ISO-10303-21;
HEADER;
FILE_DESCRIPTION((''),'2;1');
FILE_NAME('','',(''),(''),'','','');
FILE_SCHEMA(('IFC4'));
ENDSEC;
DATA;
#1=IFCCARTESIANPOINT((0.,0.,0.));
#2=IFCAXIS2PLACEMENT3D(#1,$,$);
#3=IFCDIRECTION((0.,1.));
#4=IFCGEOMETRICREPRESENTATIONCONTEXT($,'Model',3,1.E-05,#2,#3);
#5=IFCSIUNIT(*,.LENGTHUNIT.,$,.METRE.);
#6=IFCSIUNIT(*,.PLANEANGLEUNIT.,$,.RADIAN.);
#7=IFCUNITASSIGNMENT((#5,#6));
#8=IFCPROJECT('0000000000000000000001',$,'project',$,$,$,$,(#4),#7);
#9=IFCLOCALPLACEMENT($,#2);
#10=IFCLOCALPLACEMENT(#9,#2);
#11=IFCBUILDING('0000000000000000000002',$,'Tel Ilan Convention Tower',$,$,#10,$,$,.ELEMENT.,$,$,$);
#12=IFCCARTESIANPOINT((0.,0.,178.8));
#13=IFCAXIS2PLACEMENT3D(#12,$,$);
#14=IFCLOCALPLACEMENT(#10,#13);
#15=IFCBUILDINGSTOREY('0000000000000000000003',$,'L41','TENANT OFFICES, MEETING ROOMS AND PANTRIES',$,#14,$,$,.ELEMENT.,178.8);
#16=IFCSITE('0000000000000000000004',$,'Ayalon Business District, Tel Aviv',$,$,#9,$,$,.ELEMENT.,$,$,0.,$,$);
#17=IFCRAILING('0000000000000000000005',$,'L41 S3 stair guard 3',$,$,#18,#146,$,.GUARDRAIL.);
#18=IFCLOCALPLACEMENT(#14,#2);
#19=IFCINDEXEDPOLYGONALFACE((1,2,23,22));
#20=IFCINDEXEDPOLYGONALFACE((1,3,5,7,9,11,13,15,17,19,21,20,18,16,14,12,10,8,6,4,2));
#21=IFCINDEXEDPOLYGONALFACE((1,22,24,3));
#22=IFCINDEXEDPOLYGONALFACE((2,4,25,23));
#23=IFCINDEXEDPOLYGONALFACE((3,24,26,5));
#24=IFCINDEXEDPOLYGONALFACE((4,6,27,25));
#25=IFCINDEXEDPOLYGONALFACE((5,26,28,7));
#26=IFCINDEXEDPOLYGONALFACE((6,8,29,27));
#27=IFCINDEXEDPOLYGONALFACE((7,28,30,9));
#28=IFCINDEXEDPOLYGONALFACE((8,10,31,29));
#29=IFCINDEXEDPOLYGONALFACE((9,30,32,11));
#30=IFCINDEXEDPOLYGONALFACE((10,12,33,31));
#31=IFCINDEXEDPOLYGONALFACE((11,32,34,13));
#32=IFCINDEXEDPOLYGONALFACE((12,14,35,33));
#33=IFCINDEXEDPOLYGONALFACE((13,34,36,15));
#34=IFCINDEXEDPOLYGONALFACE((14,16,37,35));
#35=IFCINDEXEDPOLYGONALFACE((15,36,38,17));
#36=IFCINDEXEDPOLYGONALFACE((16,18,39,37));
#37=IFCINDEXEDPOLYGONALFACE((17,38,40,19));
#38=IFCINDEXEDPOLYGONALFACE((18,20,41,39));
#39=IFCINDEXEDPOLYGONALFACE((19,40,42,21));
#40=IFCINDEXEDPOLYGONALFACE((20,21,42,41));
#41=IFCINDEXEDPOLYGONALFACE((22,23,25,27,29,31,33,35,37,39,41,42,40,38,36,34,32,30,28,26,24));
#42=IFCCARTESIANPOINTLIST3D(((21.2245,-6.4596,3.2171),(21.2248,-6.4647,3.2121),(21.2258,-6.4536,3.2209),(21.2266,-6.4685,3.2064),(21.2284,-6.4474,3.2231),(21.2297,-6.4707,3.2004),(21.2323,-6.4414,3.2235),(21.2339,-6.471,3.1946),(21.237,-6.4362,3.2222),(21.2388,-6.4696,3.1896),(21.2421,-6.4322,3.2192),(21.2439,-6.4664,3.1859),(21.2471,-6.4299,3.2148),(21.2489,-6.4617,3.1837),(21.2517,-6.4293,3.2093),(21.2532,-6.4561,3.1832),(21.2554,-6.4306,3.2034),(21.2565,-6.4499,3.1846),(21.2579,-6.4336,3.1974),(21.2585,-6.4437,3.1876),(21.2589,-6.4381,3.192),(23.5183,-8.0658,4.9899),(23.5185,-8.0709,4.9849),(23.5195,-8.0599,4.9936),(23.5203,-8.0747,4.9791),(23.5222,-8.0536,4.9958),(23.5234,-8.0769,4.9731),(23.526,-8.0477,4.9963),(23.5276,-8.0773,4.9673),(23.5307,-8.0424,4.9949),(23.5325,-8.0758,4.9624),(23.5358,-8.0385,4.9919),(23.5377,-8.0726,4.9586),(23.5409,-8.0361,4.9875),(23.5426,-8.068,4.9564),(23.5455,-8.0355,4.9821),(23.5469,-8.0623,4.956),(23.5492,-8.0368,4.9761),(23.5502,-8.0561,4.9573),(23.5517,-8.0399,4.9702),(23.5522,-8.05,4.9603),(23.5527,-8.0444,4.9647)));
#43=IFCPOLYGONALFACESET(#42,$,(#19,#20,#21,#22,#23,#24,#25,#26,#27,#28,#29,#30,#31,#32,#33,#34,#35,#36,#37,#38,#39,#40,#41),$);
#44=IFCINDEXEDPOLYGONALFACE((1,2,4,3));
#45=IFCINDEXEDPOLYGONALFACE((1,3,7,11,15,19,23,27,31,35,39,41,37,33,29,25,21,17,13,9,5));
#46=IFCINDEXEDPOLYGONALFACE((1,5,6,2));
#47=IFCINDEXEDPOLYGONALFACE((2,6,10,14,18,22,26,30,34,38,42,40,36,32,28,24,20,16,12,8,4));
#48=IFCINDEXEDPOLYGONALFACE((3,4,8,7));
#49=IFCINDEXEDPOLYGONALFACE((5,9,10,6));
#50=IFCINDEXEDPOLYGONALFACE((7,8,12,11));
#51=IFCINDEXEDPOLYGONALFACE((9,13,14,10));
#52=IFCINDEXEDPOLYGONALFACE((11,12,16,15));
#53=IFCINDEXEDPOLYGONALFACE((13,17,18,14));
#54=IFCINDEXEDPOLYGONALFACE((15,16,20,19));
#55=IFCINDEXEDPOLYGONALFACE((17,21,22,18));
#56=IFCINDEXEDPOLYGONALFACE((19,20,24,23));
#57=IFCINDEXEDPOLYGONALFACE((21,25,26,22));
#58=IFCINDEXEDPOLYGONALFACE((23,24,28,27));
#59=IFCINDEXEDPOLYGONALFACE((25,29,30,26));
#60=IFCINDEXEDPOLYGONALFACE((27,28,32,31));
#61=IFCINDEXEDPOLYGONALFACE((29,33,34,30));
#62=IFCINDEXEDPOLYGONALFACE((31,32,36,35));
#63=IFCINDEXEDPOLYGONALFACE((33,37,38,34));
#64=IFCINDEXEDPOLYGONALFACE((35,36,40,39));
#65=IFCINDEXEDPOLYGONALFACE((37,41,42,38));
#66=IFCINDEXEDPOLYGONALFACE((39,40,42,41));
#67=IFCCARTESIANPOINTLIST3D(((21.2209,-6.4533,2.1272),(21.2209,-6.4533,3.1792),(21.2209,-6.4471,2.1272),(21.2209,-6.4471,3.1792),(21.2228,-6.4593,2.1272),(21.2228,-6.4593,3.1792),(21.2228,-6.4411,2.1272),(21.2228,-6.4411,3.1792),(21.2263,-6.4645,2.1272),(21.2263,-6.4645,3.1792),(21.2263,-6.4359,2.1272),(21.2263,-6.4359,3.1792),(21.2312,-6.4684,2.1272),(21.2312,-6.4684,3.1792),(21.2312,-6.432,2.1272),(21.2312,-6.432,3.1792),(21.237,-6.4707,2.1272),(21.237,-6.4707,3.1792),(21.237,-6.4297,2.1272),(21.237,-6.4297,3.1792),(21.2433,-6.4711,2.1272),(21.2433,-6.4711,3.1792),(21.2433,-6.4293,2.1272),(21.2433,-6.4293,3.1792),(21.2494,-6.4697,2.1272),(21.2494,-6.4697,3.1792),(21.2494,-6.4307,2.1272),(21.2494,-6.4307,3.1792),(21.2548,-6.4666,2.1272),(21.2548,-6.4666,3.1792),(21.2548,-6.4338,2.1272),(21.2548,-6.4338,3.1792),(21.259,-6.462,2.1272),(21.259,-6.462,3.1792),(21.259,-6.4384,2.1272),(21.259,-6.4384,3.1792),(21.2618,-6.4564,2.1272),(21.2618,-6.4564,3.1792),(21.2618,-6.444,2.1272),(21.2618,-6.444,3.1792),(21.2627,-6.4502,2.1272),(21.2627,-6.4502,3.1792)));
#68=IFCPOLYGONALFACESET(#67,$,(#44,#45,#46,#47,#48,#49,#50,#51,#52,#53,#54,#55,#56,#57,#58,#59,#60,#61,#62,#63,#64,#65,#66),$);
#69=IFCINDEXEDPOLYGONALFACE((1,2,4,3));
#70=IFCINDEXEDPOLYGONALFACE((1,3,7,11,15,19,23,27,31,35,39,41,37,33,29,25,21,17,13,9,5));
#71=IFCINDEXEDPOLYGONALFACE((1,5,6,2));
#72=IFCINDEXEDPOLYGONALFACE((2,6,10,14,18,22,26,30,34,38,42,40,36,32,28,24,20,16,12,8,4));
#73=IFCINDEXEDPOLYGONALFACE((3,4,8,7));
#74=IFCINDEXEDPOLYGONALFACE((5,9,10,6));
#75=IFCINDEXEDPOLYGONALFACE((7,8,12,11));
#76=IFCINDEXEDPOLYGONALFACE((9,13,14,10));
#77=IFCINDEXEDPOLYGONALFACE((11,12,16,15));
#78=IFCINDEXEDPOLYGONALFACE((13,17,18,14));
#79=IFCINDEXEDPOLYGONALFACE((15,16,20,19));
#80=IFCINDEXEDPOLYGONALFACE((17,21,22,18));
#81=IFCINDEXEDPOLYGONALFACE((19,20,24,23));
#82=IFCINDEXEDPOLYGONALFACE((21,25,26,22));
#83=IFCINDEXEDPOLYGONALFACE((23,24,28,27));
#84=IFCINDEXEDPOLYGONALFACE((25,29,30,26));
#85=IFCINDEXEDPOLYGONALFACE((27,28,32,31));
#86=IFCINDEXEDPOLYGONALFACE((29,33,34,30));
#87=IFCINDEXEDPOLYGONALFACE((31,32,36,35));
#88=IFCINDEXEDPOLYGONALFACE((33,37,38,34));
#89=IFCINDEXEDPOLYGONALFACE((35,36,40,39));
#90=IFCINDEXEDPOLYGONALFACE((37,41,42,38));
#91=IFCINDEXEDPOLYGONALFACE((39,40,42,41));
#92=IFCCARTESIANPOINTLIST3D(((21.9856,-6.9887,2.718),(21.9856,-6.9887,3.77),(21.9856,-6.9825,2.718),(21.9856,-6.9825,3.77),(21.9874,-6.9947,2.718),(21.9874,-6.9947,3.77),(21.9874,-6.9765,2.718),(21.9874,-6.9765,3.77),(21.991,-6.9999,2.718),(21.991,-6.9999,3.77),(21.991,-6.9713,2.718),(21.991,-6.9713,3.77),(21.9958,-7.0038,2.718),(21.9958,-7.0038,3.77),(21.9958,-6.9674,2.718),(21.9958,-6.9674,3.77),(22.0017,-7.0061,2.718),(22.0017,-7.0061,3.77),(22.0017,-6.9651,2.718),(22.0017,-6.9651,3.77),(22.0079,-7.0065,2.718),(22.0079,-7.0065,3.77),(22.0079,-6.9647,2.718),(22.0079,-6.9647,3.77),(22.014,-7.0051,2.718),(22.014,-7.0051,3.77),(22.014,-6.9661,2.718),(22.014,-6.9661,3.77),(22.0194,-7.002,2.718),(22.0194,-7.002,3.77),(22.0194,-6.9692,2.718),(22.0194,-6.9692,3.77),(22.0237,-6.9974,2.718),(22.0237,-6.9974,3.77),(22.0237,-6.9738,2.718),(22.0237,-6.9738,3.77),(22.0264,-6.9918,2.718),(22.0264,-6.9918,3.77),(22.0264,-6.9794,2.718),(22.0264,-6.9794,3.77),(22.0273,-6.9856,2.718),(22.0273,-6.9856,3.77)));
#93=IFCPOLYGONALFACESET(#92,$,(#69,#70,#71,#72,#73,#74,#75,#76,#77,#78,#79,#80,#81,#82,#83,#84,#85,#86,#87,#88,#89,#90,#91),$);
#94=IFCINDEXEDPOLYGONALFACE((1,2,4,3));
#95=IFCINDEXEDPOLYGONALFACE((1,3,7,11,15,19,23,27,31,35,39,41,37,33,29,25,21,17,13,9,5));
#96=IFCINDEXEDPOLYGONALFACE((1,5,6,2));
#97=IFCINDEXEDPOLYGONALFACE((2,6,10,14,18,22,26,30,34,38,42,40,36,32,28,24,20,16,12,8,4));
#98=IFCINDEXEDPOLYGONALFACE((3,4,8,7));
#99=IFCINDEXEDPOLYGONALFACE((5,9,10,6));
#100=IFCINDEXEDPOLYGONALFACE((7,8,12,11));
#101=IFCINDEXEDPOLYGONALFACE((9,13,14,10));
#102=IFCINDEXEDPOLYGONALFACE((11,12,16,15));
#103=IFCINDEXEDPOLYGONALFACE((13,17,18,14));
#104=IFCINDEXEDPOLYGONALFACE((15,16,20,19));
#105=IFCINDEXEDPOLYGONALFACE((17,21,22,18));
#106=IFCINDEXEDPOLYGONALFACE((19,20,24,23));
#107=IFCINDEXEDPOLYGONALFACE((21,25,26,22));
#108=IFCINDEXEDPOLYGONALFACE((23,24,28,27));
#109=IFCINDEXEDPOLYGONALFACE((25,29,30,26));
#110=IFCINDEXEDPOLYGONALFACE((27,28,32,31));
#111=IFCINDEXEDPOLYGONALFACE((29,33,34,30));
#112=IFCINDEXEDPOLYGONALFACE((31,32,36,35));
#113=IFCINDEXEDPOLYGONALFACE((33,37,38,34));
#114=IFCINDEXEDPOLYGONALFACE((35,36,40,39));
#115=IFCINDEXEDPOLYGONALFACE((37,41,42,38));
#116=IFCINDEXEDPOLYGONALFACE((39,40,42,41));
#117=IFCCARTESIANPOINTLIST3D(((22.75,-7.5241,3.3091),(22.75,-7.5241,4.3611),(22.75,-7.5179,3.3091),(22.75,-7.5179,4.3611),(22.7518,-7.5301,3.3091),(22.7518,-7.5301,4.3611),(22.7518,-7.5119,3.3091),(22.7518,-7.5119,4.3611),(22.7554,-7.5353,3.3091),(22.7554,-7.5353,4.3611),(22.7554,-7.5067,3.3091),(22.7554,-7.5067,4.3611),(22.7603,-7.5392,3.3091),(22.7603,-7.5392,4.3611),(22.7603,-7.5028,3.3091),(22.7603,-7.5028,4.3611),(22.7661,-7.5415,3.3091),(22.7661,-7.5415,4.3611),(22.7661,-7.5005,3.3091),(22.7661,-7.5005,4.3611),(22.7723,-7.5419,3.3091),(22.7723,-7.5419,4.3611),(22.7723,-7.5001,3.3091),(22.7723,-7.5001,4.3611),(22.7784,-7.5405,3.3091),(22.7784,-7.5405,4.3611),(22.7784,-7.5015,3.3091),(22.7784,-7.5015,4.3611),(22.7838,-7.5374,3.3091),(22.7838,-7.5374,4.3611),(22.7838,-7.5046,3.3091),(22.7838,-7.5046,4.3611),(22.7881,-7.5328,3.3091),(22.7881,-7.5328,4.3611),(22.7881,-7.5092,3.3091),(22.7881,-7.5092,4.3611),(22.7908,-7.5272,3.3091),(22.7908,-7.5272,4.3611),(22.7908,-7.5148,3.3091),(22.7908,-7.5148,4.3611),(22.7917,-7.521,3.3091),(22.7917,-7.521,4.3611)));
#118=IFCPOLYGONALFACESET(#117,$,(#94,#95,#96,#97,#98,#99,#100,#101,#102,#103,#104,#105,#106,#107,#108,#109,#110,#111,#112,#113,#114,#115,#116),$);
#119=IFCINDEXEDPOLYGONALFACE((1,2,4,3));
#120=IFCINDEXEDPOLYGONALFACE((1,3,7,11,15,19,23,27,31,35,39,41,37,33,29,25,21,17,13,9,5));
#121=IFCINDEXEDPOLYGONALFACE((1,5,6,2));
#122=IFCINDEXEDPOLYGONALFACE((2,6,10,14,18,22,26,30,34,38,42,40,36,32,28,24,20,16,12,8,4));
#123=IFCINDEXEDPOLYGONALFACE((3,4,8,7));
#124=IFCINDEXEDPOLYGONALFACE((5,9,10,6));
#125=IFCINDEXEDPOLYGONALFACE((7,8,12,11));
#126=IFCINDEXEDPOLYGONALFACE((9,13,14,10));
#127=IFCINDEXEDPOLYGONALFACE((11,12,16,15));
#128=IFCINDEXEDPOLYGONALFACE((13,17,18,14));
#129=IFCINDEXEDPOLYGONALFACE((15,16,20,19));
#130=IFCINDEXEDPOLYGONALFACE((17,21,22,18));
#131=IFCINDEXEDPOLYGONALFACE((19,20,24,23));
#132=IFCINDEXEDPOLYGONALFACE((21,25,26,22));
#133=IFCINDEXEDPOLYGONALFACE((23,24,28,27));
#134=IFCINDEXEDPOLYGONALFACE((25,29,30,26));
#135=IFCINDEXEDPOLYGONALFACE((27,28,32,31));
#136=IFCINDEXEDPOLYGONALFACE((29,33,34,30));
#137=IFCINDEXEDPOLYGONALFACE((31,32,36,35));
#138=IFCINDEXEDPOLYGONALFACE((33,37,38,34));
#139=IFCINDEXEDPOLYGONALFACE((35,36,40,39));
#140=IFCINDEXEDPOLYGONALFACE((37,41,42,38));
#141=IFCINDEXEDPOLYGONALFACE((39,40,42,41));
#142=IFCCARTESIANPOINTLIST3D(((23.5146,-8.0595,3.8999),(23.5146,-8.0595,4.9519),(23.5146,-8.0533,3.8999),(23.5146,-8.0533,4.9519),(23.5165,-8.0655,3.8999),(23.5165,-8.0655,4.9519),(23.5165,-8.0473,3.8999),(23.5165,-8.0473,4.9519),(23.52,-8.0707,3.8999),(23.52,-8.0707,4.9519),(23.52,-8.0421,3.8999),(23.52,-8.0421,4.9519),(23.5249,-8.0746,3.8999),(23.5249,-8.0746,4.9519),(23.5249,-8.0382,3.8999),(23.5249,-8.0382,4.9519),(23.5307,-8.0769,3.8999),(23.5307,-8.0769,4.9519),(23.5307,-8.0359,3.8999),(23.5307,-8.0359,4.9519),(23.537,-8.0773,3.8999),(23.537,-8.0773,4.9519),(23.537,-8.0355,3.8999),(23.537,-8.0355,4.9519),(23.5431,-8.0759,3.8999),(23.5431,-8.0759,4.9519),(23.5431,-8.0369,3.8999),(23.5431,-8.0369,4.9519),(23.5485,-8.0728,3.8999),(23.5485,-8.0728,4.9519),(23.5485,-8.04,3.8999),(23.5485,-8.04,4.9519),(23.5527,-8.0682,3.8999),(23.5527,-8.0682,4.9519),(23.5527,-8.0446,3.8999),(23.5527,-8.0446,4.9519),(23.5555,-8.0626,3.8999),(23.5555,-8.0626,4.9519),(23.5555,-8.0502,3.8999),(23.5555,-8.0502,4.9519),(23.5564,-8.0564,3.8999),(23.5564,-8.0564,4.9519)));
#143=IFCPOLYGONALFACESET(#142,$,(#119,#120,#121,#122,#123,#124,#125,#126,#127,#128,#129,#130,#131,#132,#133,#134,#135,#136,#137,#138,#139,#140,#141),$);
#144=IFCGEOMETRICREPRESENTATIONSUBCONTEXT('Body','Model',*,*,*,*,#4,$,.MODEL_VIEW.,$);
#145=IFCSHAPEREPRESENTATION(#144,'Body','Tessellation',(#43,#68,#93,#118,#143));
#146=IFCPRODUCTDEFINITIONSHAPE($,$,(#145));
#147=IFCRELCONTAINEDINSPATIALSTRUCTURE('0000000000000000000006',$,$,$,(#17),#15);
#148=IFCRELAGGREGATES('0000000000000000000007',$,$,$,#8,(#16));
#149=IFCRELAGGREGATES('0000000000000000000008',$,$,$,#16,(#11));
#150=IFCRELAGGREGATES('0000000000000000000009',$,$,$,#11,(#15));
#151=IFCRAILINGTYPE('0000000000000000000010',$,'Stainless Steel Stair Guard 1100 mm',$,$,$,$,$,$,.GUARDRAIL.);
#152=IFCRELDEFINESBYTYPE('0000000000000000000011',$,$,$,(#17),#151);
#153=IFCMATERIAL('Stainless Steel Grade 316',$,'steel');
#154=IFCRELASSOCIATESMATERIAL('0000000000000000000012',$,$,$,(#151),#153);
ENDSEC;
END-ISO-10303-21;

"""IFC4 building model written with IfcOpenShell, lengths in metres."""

from ifc_helpers import new_model, si_unit, direction, frame, origin, origin_2d, place, context, subcontext, project, spatial, circle, extrude, material, type_object, element, save


model = new_model("IFC4")

# Units and contexts
model_context = context("Model", 3, precision=1e-05, world=origin(), true_north=direction((0.0, 1.0)))
body_context = subcontext(model_context, "Body", "Model", "MODEL_VIEW")
ifc_project = project(units=[si_unit("LENGTHUNIT", "METRE"), si_unit("PLANEANGLEUNIT", "RADIAN")], contexts=[model_context])

# Site, building, storey
site_placement = place(None, origin())
site = spatial("IfcSite", under=ifc_project, at=site_placement, Name="Ayalon Business District, Tel Aviv", CompositionType="ELEMENT", RefElevation=0.0)
building_placement = place(site_placement, origin())
building = spatial("IfcBuilding", under=site, at=building_placement, Name="Tel Ilan Convention Tower", CompositionType="ELEMENT")
storey_placement = place(building_placement, frame((0.0, 0.0, 178.8)))
storey = spatial("IfcBuildingStorey", under=building, at=storey_placement, Name="L41", Description="TENANT OFFICES, MEETING ROOMS AND PANTRIES", CompositionType="ELEMENT", Elevation=178.8)

# Railing
ifc_material_1 = material(Name="Stainless Steel Grade 316", Category="steel")
railing_type_1 = type_object("IfcRailingType", Name="Stainless Steel Stair Guard 1100 mm", PredefinedType="GUARDRAIL", material=ifc_material_1)
railing_1_placement = place(storey_placement, frame((21.2417, -6.4502, 2.1272)))
element("IfcRailing", 1, at=railing_1_placement, inside=storey, type_object=railing_type_1, Name="L41 S3 stair guard 3", PredefinedType="GUARDRAIL", context=body_context, shape_type="SweptSolid", body=[
    extrude(circle(Radius=0.0239, at=origin_2d()), frame((0.0, 0.0, 1.0762), z_axis=(0.692098, -0.484653, 0.534894), x_axis=(0.573609, 0.81913, 0.0)), (0.0, 0.0, 1.0), 3.3142),
    extrude(circle(Radius=0.021, at=origin_2d()), origin(), (0.0, 0.0, 1.0), 1.052),
    extrude(circle(Radius=0.021, at=origin_2d()), frame((0.7646, -0.5354, 0.5908)), (0.0, 0.0, 1.0), 1.052),
    extrude(circle(Radius=0.021, at=origin_2d()), frame((1.5291, -1.0708, 1.1819)), (0.0, 0.0, 1.0), 1.052),
    extrude(circle(Radius=0.021, at=origin_2d()), frame((2.2937, -1.6062, 1.7727)), (0.0, 0.0, 1.0), 1.052),
])

save(model, "model.ifc")
